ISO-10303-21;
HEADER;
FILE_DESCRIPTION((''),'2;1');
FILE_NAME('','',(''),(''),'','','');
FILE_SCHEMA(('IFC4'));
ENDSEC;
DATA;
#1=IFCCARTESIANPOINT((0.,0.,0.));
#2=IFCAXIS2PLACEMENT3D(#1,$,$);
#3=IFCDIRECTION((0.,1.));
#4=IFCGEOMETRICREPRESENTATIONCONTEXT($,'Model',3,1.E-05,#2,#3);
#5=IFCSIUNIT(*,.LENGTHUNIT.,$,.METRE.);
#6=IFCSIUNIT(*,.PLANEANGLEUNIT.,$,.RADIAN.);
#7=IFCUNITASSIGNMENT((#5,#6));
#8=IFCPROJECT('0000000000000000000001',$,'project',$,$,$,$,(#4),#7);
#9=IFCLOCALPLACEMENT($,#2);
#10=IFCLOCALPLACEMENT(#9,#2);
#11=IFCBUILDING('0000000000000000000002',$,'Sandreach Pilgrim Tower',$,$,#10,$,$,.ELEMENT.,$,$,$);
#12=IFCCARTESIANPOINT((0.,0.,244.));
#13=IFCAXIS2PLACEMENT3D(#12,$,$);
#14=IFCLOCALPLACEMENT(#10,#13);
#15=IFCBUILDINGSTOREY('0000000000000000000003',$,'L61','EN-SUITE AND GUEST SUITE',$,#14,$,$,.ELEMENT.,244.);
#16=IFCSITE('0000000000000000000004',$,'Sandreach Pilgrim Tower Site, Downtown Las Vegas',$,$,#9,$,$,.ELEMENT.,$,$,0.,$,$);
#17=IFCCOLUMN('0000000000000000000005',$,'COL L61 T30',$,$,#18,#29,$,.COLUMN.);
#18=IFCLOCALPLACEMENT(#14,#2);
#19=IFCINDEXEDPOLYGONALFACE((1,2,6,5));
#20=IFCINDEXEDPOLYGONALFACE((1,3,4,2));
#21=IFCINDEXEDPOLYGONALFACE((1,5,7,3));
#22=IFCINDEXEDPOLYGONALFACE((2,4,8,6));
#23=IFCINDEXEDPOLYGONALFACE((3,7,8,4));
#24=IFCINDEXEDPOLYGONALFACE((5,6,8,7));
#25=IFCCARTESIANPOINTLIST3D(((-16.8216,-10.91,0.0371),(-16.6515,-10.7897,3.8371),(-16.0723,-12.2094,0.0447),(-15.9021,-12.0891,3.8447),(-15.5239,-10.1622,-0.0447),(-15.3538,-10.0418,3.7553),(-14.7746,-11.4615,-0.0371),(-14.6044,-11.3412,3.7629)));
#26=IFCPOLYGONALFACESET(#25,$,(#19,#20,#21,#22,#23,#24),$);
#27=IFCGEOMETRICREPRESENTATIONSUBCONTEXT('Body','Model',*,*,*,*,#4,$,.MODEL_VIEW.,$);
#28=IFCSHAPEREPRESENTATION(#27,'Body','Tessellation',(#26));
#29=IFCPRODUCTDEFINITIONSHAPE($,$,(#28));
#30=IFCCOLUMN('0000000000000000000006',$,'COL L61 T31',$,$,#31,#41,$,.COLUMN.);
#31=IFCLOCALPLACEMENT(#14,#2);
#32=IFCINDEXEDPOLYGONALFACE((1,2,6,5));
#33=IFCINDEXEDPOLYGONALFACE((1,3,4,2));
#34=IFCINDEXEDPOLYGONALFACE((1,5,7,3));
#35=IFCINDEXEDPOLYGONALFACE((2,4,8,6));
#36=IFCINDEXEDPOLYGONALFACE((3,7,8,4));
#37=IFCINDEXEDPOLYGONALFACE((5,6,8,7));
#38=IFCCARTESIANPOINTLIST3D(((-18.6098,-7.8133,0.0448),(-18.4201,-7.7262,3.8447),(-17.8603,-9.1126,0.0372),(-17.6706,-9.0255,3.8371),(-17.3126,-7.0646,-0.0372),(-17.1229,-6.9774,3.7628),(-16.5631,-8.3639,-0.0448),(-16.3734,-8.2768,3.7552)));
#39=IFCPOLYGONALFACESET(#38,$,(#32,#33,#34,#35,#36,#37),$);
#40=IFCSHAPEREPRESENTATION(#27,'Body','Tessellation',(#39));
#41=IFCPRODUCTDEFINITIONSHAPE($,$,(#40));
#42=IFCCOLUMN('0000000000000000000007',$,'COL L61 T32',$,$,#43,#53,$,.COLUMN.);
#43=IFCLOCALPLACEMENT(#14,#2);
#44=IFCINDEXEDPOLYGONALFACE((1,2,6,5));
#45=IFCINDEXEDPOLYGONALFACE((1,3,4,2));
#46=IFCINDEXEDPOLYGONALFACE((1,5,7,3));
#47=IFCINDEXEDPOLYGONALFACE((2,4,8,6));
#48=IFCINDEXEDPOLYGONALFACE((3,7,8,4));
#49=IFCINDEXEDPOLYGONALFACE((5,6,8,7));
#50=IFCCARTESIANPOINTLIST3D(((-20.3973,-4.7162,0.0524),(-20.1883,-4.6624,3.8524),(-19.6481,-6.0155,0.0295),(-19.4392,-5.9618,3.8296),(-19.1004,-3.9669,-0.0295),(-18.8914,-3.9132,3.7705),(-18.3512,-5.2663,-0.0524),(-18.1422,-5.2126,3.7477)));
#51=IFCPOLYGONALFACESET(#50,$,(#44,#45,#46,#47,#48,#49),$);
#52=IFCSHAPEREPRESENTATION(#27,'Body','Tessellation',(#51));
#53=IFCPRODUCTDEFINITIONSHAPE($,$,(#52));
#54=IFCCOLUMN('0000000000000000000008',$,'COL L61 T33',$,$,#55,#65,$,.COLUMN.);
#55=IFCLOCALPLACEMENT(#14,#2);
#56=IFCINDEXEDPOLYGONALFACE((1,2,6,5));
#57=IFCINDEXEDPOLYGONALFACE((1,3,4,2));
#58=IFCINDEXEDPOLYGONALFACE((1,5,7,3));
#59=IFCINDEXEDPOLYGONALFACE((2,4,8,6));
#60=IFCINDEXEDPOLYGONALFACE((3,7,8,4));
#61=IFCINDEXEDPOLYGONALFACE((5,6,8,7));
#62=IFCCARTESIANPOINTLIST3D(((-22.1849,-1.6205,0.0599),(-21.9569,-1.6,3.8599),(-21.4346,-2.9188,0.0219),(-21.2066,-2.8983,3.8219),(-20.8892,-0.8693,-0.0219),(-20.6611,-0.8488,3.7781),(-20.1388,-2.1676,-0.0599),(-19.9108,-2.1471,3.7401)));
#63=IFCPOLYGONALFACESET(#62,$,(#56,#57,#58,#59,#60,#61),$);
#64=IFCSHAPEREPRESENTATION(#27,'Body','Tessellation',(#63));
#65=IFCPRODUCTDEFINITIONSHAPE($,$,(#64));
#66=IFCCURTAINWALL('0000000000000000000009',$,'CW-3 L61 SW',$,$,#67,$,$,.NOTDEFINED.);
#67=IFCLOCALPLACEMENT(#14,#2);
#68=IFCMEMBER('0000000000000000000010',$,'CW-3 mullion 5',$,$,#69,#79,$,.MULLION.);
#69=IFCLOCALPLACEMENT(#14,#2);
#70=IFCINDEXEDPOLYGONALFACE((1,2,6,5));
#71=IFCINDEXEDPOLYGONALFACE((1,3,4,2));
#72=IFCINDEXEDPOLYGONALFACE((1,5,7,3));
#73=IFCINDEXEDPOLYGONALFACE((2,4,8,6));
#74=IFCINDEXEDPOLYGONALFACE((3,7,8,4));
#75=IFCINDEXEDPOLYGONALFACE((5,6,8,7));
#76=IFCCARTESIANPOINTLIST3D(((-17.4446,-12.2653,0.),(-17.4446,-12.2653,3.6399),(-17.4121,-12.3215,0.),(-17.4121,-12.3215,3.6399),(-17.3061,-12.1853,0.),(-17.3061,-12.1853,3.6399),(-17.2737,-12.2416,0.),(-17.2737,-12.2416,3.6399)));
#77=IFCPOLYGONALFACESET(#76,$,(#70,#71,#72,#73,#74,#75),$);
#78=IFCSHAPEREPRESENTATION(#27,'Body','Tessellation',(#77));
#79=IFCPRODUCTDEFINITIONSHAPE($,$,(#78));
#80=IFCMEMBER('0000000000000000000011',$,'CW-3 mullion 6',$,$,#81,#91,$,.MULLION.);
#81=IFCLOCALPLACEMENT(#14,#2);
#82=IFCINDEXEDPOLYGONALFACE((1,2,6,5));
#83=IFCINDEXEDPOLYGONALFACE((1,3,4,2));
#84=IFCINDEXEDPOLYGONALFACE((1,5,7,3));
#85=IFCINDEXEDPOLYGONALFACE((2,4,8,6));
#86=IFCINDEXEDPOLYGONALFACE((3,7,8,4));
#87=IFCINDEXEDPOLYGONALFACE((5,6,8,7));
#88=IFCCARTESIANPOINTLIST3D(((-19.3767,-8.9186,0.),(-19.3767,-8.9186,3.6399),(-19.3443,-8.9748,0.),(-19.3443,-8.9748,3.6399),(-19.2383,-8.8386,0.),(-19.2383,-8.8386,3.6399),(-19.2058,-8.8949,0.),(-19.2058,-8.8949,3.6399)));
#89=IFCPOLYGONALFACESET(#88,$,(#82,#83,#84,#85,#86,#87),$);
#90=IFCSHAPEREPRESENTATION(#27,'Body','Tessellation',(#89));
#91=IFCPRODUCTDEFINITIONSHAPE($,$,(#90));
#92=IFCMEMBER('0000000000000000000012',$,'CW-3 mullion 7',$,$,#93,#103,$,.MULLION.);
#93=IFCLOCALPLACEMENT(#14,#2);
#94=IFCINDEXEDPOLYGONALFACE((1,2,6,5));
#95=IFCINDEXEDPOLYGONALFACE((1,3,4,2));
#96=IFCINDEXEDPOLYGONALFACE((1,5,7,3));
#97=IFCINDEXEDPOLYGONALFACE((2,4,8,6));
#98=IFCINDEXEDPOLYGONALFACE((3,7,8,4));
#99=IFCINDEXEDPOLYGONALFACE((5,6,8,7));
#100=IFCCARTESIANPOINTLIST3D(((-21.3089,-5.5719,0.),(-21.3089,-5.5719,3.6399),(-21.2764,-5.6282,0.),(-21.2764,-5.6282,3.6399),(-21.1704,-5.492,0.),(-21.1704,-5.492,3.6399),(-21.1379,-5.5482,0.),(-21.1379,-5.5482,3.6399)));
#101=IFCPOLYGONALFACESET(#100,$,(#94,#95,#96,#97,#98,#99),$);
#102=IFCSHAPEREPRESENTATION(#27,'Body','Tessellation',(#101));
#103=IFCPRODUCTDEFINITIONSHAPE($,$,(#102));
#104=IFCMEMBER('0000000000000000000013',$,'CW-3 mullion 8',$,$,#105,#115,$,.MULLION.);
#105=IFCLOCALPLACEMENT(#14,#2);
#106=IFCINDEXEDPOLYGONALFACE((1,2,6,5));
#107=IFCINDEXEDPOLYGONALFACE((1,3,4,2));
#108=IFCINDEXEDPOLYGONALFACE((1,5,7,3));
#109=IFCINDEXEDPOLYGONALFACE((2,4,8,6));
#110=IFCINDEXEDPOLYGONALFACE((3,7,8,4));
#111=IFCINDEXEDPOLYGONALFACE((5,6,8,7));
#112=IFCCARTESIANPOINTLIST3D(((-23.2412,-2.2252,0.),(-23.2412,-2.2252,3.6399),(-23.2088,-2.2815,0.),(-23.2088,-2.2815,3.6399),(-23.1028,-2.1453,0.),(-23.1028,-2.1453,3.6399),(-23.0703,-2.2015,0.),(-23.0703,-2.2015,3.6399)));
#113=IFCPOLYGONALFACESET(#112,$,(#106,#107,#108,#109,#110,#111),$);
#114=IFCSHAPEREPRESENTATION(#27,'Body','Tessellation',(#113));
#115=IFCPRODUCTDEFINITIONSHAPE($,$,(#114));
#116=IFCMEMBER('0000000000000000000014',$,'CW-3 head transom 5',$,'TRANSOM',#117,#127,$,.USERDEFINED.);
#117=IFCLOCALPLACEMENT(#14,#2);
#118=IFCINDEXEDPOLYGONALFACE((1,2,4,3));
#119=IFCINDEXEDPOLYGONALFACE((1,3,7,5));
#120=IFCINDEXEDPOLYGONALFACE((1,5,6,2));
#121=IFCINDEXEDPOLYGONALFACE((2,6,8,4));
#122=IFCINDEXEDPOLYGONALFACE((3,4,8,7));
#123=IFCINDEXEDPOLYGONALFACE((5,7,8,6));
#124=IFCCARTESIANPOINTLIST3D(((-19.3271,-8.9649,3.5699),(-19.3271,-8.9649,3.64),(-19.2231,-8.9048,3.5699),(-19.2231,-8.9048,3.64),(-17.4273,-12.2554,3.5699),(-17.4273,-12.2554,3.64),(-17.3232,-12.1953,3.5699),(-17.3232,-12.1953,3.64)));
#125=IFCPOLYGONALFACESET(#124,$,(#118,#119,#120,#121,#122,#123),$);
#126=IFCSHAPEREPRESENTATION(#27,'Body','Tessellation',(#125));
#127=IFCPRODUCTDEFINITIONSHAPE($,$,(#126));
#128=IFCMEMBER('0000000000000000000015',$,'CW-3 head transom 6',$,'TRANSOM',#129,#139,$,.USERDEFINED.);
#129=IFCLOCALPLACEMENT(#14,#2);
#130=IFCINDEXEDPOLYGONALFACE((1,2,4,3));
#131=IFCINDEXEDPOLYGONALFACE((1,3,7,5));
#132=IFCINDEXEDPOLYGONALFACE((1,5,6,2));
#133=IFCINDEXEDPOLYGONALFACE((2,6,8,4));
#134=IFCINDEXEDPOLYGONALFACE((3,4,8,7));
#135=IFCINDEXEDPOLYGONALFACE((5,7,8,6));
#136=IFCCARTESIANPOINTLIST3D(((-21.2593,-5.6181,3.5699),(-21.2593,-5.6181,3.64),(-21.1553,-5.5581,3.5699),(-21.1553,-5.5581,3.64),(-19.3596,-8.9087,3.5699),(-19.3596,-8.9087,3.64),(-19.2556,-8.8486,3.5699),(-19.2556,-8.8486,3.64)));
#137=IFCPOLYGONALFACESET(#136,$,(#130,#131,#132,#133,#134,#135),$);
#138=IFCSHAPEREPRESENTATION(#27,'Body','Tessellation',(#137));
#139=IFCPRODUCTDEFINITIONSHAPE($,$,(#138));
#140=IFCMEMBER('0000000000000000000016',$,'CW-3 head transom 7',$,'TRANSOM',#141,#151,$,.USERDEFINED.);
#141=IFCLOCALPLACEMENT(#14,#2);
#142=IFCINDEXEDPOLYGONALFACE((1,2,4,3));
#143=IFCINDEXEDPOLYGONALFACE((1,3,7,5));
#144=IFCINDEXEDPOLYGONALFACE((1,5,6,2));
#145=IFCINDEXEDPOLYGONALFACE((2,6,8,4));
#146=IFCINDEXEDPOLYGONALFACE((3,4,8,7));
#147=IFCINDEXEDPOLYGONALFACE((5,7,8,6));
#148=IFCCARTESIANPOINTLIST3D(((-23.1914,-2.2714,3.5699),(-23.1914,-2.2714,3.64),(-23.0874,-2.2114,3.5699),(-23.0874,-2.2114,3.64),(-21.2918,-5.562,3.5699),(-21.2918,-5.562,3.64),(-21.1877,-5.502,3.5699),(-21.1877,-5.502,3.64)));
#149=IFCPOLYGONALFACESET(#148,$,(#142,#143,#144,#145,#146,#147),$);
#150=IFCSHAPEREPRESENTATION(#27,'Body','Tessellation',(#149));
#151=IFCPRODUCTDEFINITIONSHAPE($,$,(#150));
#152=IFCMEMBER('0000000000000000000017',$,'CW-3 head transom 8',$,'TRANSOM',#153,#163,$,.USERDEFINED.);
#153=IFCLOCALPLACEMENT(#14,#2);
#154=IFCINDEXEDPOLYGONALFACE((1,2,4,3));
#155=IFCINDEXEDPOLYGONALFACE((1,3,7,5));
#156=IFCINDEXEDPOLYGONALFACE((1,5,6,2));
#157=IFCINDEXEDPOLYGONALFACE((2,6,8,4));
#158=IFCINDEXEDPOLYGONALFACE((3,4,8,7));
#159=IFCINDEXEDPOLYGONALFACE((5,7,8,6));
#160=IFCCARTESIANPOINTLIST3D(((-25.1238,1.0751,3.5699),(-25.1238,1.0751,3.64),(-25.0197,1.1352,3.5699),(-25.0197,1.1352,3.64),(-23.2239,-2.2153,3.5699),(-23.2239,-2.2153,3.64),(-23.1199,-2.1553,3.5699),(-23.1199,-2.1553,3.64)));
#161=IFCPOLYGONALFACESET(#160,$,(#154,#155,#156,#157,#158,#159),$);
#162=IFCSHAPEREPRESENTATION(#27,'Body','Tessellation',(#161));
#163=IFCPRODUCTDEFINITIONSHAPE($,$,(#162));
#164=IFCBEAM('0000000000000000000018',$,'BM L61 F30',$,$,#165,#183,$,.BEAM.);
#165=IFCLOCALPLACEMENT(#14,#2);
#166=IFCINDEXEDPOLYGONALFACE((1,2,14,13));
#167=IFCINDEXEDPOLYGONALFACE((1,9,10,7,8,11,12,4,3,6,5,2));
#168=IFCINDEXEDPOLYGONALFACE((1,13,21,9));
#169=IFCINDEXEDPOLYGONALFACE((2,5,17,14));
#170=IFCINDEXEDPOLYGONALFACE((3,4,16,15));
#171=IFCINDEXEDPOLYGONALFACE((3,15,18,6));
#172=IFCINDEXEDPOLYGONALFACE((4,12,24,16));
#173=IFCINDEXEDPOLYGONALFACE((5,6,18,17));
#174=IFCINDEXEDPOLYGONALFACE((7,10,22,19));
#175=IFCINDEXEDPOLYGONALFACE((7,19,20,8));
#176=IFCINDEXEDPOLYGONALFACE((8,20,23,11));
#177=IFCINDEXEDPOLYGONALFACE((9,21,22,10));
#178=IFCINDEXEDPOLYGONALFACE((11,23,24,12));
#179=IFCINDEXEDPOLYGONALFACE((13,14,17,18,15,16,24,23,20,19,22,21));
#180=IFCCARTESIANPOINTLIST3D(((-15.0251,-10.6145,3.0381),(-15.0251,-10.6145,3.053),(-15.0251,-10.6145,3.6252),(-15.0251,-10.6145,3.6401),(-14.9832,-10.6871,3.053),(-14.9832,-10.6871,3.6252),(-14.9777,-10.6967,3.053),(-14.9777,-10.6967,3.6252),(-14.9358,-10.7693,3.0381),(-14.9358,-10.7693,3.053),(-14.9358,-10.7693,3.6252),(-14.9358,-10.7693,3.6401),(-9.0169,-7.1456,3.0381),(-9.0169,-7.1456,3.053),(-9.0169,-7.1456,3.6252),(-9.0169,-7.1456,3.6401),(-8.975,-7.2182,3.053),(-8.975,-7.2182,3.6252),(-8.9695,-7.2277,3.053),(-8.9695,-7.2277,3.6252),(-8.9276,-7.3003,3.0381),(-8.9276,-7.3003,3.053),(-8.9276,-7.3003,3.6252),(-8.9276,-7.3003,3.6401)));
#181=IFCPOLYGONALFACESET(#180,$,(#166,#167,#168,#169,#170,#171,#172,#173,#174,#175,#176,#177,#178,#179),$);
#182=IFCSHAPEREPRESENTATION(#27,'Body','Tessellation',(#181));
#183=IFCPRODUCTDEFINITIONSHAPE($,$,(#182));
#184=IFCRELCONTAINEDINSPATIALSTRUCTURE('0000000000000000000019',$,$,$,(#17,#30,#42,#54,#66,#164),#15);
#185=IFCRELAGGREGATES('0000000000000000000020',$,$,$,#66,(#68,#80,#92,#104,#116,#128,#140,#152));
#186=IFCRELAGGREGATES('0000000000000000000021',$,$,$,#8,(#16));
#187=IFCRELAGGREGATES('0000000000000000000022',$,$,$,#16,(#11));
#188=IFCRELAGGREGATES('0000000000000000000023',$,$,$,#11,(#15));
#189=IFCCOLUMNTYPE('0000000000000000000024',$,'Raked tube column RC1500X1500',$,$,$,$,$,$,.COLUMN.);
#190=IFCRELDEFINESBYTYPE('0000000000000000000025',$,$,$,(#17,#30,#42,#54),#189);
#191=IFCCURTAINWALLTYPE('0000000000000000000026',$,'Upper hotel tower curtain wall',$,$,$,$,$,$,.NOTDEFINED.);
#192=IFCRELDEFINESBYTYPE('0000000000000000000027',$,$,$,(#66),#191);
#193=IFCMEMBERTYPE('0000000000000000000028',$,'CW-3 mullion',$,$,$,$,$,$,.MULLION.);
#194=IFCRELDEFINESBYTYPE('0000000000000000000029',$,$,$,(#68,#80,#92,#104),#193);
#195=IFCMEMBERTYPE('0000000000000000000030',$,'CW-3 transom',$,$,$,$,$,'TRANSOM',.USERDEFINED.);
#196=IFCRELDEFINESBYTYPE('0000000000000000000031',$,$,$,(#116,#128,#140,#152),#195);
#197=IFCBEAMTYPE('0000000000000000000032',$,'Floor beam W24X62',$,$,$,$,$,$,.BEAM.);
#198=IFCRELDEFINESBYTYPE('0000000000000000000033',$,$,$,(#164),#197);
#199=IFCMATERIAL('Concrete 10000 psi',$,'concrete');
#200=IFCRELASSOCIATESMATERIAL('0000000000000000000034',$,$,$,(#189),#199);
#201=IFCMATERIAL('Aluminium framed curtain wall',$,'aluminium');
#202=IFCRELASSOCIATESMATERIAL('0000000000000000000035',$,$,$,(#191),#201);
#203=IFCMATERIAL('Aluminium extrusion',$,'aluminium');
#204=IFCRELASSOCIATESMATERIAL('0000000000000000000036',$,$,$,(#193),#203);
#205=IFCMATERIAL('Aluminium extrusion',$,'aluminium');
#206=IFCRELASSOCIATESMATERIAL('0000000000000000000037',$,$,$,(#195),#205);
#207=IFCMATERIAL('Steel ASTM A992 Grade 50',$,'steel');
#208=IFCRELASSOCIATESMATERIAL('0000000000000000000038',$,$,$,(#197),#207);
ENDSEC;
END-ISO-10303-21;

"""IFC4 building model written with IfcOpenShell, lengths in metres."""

from ifc_helpers import new_model, si_unit, direction, frame, origin, origin_2d, place, context, subcontext, project, spatial, rectangle, i_section, extrude, material, material_profile, profile_set, type_object, element, aggregate, save


model = new_model("IFC4")

# Units and contexts
model_context = context("Model", 3, precision=1e-05, world=origin(), true_north=direction((0.0, 1.0)))
body_context = subcontext(model_context, "Body", "Model", "MODEL_VIEW")
ifc_project = project(units=[si_unit("LENGTHUNIT", "METRE"), si_unit("PLANEANGLEUNIT", "RADIAN")], contexts=[model_context])

# Site, building, storey
site_placement = place(None, origin())
site = spatial("IfcSite", under=ifc_project, at=site_placement, Name="Sandreach Pilgrim Tower Site, Downtown Las Vegas", CompositionType="ELEMENT", RefElevation=0.0)
building_placement = place(site_placement, origin())
building = spatial("IfcBuilding", under=site, at=building_placement, Name="Sandreach Pilgrim Tower", CompositionType="ELEMENT")
storey_placement = place(building_placement, frame((0.0, 0.0, 244.0)))
storey = spatial("IfcBuildingStorey", under=building, at=storey_placement, Name="L61", Description="EN-SUITE AND GUEST SUITE", CompositionType="ELEMENT", Elevation=244.0)

# Columns
ifc_material_1 = material(Name="Concrete 10000 psi", Category="concrete")
ifc_material_profile_1 = material_profile(ifc_material_1, rectangle(XDim=1.5, YDim=1.5, at=origin_2d()), Name="RC1500X1500")
ifc_profile_set_1 = profile_set([ifc_material_profile_1], Name="Concrete 10000 psi")
column_type = type_object("IfcColumnType", Name="Raked tube column RC1500X1500", PredefinedType="COLUMN", material=ifc_profile_set_1)
for number, where, z_axis, x_axis, name in (
    (1, (-15.7981, -11.1858, 0.0), (0.044713, 0.031626, 0.998499), (-0.865119, -0.498593, 0.054532), "COL L61 T30"),
    (2, (-17.5864, -8.0886, 0.0), (0.049845, 0.022902, 0.998494), (-0.864792, -0.499152, 0.054619), "COL L61 T31"),
):
    element("IfcColumn", number, at=place(storey_placement, frame(where, z_axis=z_axis, x_axis=x_axis)), inside=storey, type_object=column_type, Name=name, PredefinedType="COLUMN", context=body_context, shape_type="SweptSolid", body=[
        extrude(rectangle(XDim=1.5, YDim=1.5, at=origin_2d()), origin(), (0.0, 0.0, 1.0), 3.8057),
    ])
column_1_placement = place(storey_placement, frame((-19.3743, -4.9912, 0.0), z_axis=(0.054907, 0.014112, 0.998392), x_axis=(-0.864606, -0.499474, 0.054609)))
element("IfcColumn", 3, at=column_1_placement, inside=storey, type_object=column_type, Name="COL L61 T32", PredefinedType="COLUMN", context=body_context, shape_type="SweptSolid", body=[
    extrude(rectangle(XDim=1.5, YDim=1.5, at=origin_2d()), origin(), (0.0, 0.0, 1.0), 3.8062),
])
column_2_placement = place(storey_placement, frame((-21.1619, -1.894, 0.0), z_axis=(0.059898, 0.005387, 0.99819), x_axis=(-0.863829, -0.500825, 0.054538)))
element("IfcColumn", 4, at=column_2_placement, inside=storey, type_object=column_type, Name="COL L61 T33", PredefinedType="COLUMN", context=body_context, shape_type="SweptSolid", body=[
    extrude(rectangle(XDim=1.5, YDim=1.5, at=origin_2d()), origin(), (0.0, 0.0, 1.0), 3.8069),
])

# Curtain wall, members
ifc_material_2 = material(Name="Aluminium framed curtain wall", Category="aluminium")
curtain_wall_type = type_object("IfcCurtainWallType", Name="Upper hotel tower curtain wall", PredefinedType="NOTDEFINED", material=ifc_material_2)
curtain_wall_placement = place(storey_placement, origin())
curtain_wall = element("IfcCurtainWall", 5, at=curtain_wall_placement, inside=storey, type_object=curtain_wall_type, Name="CW-3 L61 SW", PredefinedType="NOTDEFINED")
ifc_material_3 = material(Name="Aluminium extrusion", Category="aluminium")
ifc_material_profile_2 = material_profile(ifc_material_3, rectangle(XDim=0.0649, YDim=0.1599, at=origin_2d()), Name="CW-3M 65X160")
ifc_profile_set_2 = profile_set([ifc_material_profile_2], Name="Aluminium extrusion")
member_type_1 = type_object("IfcMemberType", Name="CW-3 mullion", PredefinedType="MULLION", material=ifc_profile_set_2)
member_1_placement = place(storey_placement, frame((-17.3591, -12.2534, 0.0), z_axis=(0.0, 0.0, 1.0), x_axis=(-0.5, 0.866025, 0.0)))
member_1 = element("IfcMember", 6, at=member_1_placement, type_object=member_type_1, Name="CW-3 mullion 5", PredefinedType="MULLION", context=body_context, shape_type="SweptSolid", body=[
    extrude(rectangle(XDim=0.0649, YDim=0.1599, at=origin_2d()), origin(), (0.0, 0.0, 1.0), 3.6399),
])
member_2_placement = place(storey_placement, frame((-19.2913, -8.9067, 0.0), z_axis=(0.0, 0.0, 1.0), x_axis=(-0.5, 0.866025, 0.0)))
member_2 = element("IfcMember", 7, at=member_2_placement, type_object=member_type_1, Name="CW-3 mullion 6", PredefinedType="MULLION", context=body_context, shape_type="SweptSolid", body=[
    extrude(rectangle(XDim=0.0649, YDim=0.1599, at=origin_2d()), origin(), (0.0, 0.0, 1.0), 3.6399),
])
member_3_placement = place(storey_placement, frame((-21.2234, -5.5601, 0.0), z_axis=(0.0, 0.0, 1.0), x_axis=(-0.5, 0.866025, 0.0)))
member_3 = element("IfcMember", 8, at=member_3_placement, type_object=member_type_1, Name="CW-3 mullion 7", PredefinedType="MULLION", context=body_context, shape_type="SweptSolid", body=[
    extrude(rectangle(XDim=0.0649, YDim=0.1599, at=origin_2d()), origin(), (0.0, 0.0, 1.0), 3.6399),
])
member_4_placement = place(storey_placement, frame((-23.1558, -2.2134, 0.0), z_axis=(0.0, 0.0, 1.0), x_axis=(-0.5, 0.866025, 0.0)))
member_4 = element("IfcMember", 9, at=member_4_placement, type_object=member_type_1, Name="CW-3 mullion 8", PredefinedType="MULLION", context=body_context, shape_type="SweptSolid", body=[
    extrude(rectangle(XDim=0.0649, YDim=0.1599, at=origin_2d()), origin(), (0.0, 0.0, 1.0), 3.6399),
])
ifc_material_4 = material(Name="Aluminium extrusion", Category="aluminium")
ifc_material_profile_3 = material_profile(ifc_material_4, rectangle(XDim=0.1201, YDim=0.0701, at=origin_2d()), Name="CW-3T 120X70")
ifc_profile_set_3 = profile_set([ifc_material_profile_3], Name="Aluminium extrusion")
member_type_2 = type_object("IfcMemberType", Name="CW-3 transom", ElementType="TRANSOM", PredefinedType="USERDEFINED", material=ifc_profile_set_3)
member_5_placement = place(storey_placement, frame((-17.3752, -12.2253, 3.605), z_axis=(-0.500023, 0.866012, 0.0), x_axis=(-0.866012, -0.500023, 0.0)))
member_5 = element("IfcMember", 10, at=member_5_placement, type_object=member_type_2, Name="CW-3 head transom 5", ObjectType="TRANSOM", PredefinedType="USERDEFINED", context=body_context, shape_type="SweptSolid", body=[
    extrude(rectangle(XDim=0.1201, YDim=0.0701, at=origin_2d()), origin(), (0.0, 0.0, 1.0), 3.7996),
])
member_6_placement = place(storey_placement, frame((-19.3076, -8.8787, 3.605), z_axis=(-0.499975, 0.86604, 0.0), x_axis=(-0.86604, -0.499975, 0.0)))
member_6 = element("IfcMember", 11, at=member_6_placement, type_object=member_type_2, Name="CW-3 head transom 6", ObjectType="TRANSOM", PredefinedType="USERDEFINED", context=body_context, shape_type="SweptSolid", body=[
    extrude(rectangle(XDim=0.1201, YDim=0.0701, at=origin_2d()), origin(), (0.0, 0.0, 1.0), 3.7996),
])
member_7_placement = place(storey_placement, frame((-21.2397, -5.532, 3.605), z_axis=(-0.499975, 0.86604, 0.0), x_axis=(-0.86604, -0.499975, 0.0)))
member_7 = element("IfcMember", 12, at=member_7_placement, type_object=member_type_2, Name="CW-3 head transom 7", ObjectType="TRANSOM", PredefinedType="USERDEFINED", context=body_context, shape_type="SweptSolid", body=[
    extrude(rectangle(XDim=0.1201, YDim=0.0701, at=origin_2d()), origin(), (0.0, 0.0, 1.0), 3.7996),
])
member_8_placement = place(storey_placement, frame((-23.1719, -2.1853, 3.605), z_axis=(-0.500023, 0.866012, 0.0), x_axis=(-0.866012, -0.500023, 0.0)))
member_8 = element("IfcMember", 13, at=member_8_placement, type_object=member_type_2, Name="CW-3 head transom 8", ObjectType="TRANSOM", PredefinedType="USERDEFINED", context=body_context, shape_type="SweptSolid", body=[
    extrude(rectangle(XDim=0.1201, YDim=0.0701, at=origin_2d()), origin(), (0.0, 0.0, 1.0), 3.7996),
])

# Beam
ifc_material_5 = material(Name="Steel ASTM A992 Grade 50", Category="steel")
ifc_material_profile_4 = material_profile(ifc_material_5, i_section(OverallWidth=0.1787, OverallDepth=0.6021, WebThickness=0.011, FlangeThickness=0.0149, at=origin_2d()), Name="W24X62")
ifc_profile_set_4 = profile_set([ifc_material_profile_4], Name="Steel ASTM A992 Grade 50")
beam_type_1 = type_object("IfcBeamType", Name="Floor beam W24X62", PredefinedType="BEAM", material=ifc_profile_set_4)
beam_1_placement = place(storey_placement, frame((-14.9805, -10.6919, 3.3391), z_axis=(0.866019, 0.500011, 0.0), x_axis=(-0.500011, 0.866019, 0.0)))
element("IfcBeam", 14, at=beam_1_placement, inside=storey, type_object=beam_type_1, Name="BM L61 F30", PredefinedType="BEAM", context=body_context, shape_type="SweptSolid", body=[
    extrude(i_section(OverallWidth=0.1787, OverallDepth=0.6021, WebThickness=0.011, FlangeThickness=0.0149, at=origin_2d()), origin(), (0.0, 0.0, 1.0), 6.9377),
])

aggregate(curtain_wall, [member_1, member_2, member_3, member_4, member_5, member_6, member_7, member_8])

save(model, "model.ifc")
